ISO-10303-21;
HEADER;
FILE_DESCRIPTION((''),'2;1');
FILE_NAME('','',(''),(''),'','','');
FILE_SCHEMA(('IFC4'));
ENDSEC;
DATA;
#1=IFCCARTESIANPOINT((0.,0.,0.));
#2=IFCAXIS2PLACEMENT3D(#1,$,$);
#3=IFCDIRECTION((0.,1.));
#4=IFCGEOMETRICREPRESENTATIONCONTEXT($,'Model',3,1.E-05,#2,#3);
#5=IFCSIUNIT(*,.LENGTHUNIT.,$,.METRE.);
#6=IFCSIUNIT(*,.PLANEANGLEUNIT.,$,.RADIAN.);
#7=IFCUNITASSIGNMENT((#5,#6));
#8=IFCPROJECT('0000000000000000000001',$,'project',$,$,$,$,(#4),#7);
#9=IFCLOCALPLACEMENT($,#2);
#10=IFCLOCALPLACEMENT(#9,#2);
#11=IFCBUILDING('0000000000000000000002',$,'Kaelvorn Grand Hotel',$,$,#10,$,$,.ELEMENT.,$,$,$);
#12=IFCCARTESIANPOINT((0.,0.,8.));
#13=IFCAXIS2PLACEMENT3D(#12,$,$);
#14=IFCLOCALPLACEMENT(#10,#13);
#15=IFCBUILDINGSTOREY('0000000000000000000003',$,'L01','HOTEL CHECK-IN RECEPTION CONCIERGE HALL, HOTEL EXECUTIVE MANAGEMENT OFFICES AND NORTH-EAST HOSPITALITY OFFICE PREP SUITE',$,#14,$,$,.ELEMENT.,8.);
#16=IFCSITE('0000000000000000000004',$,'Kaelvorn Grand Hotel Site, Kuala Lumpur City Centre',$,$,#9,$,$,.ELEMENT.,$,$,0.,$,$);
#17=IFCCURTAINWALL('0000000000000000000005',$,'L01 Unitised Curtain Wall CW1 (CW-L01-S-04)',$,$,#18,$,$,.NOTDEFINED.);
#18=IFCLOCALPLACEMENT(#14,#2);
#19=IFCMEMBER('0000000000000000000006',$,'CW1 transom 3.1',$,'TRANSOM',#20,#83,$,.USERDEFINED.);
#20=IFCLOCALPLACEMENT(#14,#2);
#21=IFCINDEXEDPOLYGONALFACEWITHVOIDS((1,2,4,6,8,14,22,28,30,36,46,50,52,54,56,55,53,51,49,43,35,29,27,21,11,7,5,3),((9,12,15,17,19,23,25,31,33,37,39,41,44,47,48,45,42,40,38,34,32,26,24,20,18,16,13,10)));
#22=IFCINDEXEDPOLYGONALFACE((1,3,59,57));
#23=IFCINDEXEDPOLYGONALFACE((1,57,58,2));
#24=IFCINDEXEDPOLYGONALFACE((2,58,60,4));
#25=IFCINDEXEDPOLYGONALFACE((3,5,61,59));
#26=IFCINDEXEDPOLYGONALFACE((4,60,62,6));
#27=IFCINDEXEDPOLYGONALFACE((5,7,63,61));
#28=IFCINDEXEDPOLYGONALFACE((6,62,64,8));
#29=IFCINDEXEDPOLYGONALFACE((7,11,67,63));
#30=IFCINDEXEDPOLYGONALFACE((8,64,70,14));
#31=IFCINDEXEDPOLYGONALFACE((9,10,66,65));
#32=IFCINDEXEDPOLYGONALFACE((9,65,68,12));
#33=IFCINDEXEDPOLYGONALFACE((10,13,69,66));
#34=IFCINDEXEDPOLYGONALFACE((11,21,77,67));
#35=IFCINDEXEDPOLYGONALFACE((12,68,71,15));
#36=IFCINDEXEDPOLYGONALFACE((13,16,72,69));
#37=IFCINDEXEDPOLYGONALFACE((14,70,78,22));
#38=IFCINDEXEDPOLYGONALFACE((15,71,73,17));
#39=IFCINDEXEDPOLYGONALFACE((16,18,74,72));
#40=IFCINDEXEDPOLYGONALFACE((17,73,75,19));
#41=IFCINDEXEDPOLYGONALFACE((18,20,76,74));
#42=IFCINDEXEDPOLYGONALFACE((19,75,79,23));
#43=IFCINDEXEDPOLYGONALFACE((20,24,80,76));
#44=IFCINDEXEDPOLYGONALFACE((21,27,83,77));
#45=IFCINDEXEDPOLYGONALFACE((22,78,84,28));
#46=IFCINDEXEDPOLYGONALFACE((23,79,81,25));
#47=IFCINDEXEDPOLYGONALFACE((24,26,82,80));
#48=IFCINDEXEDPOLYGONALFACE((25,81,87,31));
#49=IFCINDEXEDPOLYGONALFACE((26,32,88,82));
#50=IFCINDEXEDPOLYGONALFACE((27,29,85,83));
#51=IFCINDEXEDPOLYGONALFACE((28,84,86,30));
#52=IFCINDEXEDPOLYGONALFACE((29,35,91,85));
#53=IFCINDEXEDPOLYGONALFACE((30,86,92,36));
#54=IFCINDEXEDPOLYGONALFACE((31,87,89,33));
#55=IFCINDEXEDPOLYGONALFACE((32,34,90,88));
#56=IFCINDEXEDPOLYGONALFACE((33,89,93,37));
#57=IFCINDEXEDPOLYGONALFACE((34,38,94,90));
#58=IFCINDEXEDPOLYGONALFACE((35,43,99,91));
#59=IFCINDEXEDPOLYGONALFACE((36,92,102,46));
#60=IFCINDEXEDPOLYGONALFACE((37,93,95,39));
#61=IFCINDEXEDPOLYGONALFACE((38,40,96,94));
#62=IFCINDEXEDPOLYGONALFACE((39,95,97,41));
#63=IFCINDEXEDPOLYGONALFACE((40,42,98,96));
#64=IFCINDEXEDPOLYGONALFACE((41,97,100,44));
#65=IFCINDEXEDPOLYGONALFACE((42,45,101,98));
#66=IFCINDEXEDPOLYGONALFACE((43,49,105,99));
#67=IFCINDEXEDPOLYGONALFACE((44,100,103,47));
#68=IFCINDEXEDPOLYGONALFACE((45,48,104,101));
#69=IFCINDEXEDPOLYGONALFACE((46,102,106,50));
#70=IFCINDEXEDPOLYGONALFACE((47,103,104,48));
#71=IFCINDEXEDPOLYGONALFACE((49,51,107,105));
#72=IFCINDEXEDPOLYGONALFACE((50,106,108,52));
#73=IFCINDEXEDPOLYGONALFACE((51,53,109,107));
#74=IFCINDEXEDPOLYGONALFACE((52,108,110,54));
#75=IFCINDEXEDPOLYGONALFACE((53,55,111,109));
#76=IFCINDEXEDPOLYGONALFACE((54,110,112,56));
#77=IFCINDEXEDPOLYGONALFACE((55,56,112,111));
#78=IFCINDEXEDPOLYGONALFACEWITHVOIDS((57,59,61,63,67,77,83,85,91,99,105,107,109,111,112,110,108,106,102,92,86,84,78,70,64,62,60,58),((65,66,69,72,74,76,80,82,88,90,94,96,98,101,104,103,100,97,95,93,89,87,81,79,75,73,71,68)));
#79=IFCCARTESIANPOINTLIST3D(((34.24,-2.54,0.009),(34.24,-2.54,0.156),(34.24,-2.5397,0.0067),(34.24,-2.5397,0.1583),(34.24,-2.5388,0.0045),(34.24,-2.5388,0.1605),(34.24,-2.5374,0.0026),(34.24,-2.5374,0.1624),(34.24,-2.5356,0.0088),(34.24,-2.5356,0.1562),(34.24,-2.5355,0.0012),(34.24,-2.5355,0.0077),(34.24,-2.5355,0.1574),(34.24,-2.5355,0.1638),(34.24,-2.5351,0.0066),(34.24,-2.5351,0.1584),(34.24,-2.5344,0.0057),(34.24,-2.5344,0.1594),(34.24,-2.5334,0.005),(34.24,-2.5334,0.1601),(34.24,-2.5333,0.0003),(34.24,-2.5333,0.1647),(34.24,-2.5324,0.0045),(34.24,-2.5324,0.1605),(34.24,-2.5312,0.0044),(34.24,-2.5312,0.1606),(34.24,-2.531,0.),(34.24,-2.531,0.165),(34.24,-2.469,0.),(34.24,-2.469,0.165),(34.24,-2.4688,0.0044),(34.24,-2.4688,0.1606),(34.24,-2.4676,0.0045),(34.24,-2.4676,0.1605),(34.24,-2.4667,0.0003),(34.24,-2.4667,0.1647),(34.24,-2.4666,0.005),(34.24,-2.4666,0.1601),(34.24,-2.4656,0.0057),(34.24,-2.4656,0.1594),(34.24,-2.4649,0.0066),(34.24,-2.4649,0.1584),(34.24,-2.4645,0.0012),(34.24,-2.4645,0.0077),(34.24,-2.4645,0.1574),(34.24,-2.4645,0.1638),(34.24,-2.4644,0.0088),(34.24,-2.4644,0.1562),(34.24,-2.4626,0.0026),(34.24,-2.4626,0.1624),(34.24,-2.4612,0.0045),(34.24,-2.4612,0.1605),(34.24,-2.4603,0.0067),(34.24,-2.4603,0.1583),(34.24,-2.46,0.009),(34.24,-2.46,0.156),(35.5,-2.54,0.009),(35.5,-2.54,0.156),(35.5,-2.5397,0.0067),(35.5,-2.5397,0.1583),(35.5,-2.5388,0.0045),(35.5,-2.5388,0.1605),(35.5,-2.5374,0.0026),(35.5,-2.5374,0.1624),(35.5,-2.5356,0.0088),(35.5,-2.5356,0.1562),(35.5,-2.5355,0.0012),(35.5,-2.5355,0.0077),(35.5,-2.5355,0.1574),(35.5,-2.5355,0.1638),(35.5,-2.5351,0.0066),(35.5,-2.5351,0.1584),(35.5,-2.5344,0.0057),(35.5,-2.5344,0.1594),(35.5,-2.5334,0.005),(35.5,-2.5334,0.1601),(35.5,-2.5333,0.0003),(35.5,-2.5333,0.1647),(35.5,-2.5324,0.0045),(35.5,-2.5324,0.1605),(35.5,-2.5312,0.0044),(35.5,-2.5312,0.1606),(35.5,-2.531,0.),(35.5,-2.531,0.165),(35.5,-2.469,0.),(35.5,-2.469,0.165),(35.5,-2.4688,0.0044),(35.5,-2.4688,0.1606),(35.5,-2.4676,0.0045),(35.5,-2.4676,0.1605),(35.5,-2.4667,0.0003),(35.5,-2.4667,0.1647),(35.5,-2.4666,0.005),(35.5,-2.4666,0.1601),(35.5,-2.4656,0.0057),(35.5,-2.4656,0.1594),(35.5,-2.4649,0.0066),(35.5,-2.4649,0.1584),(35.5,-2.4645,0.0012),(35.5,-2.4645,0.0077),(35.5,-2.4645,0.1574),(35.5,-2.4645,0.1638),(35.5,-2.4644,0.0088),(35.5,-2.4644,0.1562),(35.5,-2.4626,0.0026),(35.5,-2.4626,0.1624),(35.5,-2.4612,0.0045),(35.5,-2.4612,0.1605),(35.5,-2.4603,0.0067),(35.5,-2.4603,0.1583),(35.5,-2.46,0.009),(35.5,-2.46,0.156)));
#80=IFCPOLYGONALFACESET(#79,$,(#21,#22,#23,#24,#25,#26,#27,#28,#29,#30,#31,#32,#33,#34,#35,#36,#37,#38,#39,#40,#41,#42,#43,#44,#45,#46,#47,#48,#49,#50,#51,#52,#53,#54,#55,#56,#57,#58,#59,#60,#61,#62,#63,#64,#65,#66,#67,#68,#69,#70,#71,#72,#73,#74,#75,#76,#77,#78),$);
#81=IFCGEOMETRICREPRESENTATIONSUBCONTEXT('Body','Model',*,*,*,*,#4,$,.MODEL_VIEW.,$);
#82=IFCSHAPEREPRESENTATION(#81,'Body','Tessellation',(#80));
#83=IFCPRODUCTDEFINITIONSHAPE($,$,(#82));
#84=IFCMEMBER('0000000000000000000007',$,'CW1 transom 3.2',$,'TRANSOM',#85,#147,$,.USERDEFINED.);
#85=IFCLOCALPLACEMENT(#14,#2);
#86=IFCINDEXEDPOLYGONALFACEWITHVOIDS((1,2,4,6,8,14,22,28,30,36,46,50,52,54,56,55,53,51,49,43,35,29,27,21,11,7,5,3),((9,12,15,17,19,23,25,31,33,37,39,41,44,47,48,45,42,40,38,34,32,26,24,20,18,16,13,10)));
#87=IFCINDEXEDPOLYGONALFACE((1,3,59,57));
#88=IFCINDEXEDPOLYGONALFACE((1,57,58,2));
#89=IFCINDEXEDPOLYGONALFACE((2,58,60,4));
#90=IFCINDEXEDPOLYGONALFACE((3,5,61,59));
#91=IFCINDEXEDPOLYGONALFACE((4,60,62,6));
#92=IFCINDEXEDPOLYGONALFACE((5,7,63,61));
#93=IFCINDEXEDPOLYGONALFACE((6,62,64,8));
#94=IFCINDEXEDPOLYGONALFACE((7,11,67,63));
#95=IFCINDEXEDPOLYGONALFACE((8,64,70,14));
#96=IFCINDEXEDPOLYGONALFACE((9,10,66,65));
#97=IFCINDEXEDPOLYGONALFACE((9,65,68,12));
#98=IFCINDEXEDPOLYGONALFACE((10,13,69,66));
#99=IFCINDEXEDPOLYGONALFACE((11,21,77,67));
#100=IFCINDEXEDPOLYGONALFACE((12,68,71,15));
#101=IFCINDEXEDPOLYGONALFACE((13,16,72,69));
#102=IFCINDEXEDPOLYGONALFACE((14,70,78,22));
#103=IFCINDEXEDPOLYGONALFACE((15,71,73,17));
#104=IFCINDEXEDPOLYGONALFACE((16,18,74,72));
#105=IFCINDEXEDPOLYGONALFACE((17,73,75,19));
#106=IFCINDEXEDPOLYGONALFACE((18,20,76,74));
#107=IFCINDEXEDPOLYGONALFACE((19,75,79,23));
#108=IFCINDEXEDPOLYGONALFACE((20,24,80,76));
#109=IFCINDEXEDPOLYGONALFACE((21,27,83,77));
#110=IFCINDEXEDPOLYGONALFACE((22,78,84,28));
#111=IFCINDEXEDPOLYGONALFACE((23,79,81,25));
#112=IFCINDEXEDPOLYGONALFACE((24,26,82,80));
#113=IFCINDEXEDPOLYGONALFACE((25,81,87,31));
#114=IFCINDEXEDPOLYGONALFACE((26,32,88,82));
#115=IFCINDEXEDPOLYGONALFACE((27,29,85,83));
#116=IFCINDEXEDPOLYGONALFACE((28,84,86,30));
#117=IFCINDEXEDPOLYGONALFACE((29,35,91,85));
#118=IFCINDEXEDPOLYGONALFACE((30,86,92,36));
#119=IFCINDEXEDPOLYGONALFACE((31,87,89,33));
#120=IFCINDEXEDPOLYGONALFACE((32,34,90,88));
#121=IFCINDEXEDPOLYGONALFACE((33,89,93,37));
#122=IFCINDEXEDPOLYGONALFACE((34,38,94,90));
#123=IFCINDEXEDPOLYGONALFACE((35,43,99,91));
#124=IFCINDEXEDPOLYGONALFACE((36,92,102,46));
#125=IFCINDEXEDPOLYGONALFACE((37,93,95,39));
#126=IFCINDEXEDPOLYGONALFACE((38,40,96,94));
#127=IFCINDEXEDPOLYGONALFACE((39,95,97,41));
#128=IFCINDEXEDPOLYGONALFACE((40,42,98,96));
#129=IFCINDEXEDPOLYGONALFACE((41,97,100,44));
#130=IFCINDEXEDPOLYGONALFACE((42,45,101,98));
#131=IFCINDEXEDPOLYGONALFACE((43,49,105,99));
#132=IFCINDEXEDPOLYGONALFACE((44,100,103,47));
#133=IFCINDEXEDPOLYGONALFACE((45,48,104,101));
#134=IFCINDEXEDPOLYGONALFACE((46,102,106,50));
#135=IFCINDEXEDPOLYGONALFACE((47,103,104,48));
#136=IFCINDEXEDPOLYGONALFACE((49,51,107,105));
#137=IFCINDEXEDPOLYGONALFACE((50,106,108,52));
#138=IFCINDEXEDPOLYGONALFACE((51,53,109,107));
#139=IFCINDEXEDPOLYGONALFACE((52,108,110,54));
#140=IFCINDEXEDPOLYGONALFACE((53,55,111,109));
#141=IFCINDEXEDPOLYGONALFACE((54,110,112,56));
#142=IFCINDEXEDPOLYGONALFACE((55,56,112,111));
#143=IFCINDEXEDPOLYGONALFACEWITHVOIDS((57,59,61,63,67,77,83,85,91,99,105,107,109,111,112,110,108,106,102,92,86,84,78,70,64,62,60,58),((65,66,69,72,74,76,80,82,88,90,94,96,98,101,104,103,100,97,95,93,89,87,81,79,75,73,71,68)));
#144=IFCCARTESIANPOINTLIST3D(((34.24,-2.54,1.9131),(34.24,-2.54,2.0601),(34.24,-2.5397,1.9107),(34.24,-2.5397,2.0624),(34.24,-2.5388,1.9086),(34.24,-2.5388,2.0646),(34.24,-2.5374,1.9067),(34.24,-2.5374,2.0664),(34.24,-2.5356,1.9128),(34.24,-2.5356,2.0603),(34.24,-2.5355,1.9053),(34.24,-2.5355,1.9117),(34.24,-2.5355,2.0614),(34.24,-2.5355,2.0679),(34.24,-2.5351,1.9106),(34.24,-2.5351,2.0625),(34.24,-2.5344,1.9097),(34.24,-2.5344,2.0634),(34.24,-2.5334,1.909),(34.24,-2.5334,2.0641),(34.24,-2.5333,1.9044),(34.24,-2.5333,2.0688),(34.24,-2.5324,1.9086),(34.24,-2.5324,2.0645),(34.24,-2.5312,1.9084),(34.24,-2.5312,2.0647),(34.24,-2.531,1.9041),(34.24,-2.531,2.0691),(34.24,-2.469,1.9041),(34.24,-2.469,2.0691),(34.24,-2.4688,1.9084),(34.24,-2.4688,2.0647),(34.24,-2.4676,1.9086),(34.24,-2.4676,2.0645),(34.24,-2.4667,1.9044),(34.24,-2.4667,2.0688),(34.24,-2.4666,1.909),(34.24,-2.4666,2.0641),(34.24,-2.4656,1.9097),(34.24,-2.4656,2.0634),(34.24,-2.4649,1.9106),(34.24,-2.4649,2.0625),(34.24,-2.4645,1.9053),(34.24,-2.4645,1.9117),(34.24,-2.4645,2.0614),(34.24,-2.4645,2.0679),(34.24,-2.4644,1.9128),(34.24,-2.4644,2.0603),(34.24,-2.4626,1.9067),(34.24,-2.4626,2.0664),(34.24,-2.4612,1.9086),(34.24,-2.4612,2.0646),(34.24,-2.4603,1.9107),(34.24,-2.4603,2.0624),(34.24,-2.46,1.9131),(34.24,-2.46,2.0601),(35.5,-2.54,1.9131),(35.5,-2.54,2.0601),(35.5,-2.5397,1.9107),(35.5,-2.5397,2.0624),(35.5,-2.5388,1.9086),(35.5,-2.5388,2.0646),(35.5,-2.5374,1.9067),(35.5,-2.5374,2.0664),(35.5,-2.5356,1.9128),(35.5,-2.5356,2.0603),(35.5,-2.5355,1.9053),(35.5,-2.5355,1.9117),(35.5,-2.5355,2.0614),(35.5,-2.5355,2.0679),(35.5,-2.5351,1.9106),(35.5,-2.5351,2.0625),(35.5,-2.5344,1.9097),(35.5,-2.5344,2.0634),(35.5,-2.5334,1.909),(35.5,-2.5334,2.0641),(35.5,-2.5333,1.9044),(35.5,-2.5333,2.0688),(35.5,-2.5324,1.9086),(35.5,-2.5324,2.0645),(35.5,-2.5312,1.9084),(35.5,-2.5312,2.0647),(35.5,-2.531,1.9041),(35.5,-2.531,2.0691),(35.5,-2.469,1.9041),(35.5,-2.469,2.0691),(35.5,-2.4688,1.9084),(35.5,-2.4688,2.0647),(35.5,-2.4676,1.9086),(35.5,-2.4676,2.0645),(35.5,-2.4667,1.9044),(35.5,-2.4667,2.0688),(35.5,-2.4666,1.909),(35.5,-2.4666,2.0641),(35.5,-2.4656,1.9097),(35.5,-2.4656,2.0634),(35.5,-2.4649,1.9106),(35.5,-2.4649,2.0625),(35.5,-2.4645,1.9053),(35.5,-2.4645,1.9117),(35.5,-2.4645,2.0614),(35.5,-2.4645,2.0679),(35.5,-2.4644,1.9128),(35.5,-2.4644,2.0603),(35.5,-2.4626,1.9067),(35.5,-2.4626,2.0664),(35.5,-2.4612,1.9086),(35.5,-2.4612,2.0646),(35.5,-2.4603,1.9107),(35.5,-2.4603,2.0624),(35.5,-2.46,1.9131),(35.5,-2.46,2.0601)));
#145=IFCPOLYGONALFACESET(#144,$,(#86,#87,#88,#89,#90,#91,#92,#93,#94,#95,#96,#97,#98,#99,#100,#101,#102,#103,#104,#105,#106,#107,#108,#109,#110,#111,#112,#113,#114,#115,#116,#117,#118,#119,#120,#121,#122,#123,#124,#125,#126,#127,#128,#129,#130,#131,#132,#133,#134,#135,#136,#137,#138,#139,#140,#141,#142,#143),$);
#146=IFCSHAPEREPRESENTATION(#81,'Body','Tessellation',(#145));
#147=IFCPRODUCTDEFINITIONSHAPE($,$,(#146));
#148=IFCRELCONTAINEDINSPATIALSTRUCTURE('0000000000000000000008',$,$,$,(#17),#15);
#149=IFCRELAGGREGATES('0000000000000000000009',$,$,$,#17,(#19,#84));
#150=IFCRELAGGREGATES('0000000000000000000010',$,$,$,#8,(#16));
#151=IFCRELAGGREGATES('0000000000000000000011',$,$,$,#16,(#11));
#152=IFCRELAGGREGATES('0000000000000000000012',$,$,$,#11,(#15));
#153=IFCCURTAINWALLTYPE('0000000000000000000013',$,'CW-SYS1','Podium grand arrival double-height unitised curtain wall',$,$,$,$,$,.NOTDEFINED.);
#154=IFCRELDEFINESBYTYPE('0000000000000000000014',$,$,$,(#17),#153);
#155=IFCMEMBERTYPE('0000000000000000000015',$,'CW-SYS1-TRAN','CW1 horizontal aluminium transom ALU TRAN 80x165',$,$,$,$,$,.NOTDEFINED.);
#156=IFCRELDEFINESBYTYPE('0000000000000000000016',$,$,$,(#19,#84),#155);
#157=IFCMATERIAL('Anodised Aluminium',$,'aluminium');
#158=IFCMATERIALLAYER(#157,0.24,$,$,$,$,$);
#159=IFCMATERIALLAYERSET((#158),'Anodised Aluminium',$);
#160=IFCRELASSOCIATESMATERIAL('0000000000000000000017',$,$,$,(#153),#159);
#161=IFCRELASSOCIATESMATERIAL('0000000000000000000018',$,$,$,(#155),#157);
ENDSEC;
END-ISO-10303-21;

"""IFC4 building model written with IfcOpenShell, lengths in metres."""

from ifc_helpers import new_model, si_unit, direction, frame, origin, origin_2d, place, context, subcontext, project, spatial, hollow_rectangle, extrude, material, layer, layer_set, material_profile, profile_set, type_object, element, aggregate, save


model = new_model("IFC4")

# Units and contexts
model_context = context("Model", 3, precision=1e-05, world=origin(), true_north=direction((0.0, 1.0)))
body_context = subcontext(model_context, "Body", "Model", "MODEL_VIEW")
ifc_project = project(units=[si_unit("LENGTHUNIT", "METRE"), si_unit("PLANEANGLEUNIT", "RADIAN")], contexts=[model_context])

# Site, building, storey
site_placement = place(None, origin())
site = spatial("IfcSite", under=ifc_project, at=site_placement, Name="Kaelvorn Grand Hotel Site, Kuala Lumpur City Centre", CompositionType="ELEMENT", RefElevation=0.0)
building_placement = place(site_placement, origin())
building = spatial("IfcBuilding", under=site, at=building_placement, Name="Kaelvorn Grand Hotel", CompositionType="ELEMENT")
storey_placement = place(building_placement, frame((0.0, 0.0, 8.0)))
storey = spatial("IfcBuildingStorey", under=building, at=storey_placement, Name="L01", Description="HOTEL CHECK-IN RECEPTION CONCIERGE HALL, HOTEL EXECUTIVE MANAGEMENT OFFICES AND NORTH-EAST HOSPITALITY OFFICE PREP SUITE", CompositionType="ELEMENT", Elevation=8.0)

# Shared definitions
ifc_material_1 = material(Name="Anodised Aluminium", Category="aluminium")
ifc_layer_1 = layer(ifc_material_1, 0.24)
ifc_layer_set_1 = layer_set([ifc_layer_1], Name="Anodised Aluminium")
curtain_wall_type = type_object("IfcCurtainWallType", Name="CW-SYS1", Description="Podium grand arrival double-height unitised curtain wall", PredefinedType="NOTDEFINED", material=ifc_layer_set_1)

# Curtain wall
curtain_wall_1_placement = place(storey_placement, origin())
curtain_wall_1 = element("IfcCurtainWall", 1, at=curtain_wall_1_placement, inside=storey, type_object=curtain_wall_type, Name="L01 Unitised Curtain Wall CW1 (CW-L01-S-04)", PredefinedType="NOTDEFINED")

# Members
ifc_material_profile_1 = material_profile(ifc_material_1, hollow_rectangle(XDim=0.0801, YDim=0.165, WallThickness=0.0044, InnerFilletRadius=0.0044, OuterFilletRadius=0.009, at=origin_2d()), Name="ALU TRAN 80x165")
ifc_profile_set_1 = profile_set([ifc_material_profile_1], Name="Anodised Aluminium")
member_type_1 = type_object("IfcMemberType", Name="CW-SYS1-TRAN", Description="CW1 horizontal aluminium transom ALU TRAN 80x165", PredefinedType="NOTDEFINED", material=ifc_profile_set_1)
member_1_placement = place(storey_placement, frame((34.24, -2.5, 0.0825), z_axis=(1.0, 0.0, 0.0), x_axis=(0.0, 1.0, 0.0)))
member_1 = element("IfcMember", 2, at=member_1_placement, type_object=member_type_1, Name="CW1 transom 3.1", ObjectType="TRANSOM", PredefinedType="USERDEFINED", context=body_context, shape_type="SweptSolid", body=[
    extrude(hollow_rectangle(XDim=0.0801, YDim=0.165, WallThickness=0.0044, InnerFilletRadius=0.0044, OuterFilletRadius=0.009, at=origin_2d()), origin(), (0.0, 0.0, 1.0), 1.26),
])
member_2_placement = place(storey_placement, frame((34.24, -2.5, 1.9866), z_axis=(1.0, 0.0, 0.0), x_axis=(0.0, 1.0, 0.0)))
member_2 = element("IfcMember", 3, at=member_2_placement, type_object=member_type_1, Name="CW1 transom 3.2", ObjectType="TRANSOM", PredefinedType="USERDEFINED", context=body_context, shape_type="SweptSolid", body=[
    extrude(hollow_rectangle(XDim=0.0801, YDim=0.165, WallThickness=0.0044, InnerFilletRadius=0.0044, OuterFilletRadius=0.009, at=origin_2d()), origin(), (0.0, 0.0, 1.0), 1.26),
])

aggregate(curtain_wall_1, [member_1, member_2])

save(model, "model.ifc")
